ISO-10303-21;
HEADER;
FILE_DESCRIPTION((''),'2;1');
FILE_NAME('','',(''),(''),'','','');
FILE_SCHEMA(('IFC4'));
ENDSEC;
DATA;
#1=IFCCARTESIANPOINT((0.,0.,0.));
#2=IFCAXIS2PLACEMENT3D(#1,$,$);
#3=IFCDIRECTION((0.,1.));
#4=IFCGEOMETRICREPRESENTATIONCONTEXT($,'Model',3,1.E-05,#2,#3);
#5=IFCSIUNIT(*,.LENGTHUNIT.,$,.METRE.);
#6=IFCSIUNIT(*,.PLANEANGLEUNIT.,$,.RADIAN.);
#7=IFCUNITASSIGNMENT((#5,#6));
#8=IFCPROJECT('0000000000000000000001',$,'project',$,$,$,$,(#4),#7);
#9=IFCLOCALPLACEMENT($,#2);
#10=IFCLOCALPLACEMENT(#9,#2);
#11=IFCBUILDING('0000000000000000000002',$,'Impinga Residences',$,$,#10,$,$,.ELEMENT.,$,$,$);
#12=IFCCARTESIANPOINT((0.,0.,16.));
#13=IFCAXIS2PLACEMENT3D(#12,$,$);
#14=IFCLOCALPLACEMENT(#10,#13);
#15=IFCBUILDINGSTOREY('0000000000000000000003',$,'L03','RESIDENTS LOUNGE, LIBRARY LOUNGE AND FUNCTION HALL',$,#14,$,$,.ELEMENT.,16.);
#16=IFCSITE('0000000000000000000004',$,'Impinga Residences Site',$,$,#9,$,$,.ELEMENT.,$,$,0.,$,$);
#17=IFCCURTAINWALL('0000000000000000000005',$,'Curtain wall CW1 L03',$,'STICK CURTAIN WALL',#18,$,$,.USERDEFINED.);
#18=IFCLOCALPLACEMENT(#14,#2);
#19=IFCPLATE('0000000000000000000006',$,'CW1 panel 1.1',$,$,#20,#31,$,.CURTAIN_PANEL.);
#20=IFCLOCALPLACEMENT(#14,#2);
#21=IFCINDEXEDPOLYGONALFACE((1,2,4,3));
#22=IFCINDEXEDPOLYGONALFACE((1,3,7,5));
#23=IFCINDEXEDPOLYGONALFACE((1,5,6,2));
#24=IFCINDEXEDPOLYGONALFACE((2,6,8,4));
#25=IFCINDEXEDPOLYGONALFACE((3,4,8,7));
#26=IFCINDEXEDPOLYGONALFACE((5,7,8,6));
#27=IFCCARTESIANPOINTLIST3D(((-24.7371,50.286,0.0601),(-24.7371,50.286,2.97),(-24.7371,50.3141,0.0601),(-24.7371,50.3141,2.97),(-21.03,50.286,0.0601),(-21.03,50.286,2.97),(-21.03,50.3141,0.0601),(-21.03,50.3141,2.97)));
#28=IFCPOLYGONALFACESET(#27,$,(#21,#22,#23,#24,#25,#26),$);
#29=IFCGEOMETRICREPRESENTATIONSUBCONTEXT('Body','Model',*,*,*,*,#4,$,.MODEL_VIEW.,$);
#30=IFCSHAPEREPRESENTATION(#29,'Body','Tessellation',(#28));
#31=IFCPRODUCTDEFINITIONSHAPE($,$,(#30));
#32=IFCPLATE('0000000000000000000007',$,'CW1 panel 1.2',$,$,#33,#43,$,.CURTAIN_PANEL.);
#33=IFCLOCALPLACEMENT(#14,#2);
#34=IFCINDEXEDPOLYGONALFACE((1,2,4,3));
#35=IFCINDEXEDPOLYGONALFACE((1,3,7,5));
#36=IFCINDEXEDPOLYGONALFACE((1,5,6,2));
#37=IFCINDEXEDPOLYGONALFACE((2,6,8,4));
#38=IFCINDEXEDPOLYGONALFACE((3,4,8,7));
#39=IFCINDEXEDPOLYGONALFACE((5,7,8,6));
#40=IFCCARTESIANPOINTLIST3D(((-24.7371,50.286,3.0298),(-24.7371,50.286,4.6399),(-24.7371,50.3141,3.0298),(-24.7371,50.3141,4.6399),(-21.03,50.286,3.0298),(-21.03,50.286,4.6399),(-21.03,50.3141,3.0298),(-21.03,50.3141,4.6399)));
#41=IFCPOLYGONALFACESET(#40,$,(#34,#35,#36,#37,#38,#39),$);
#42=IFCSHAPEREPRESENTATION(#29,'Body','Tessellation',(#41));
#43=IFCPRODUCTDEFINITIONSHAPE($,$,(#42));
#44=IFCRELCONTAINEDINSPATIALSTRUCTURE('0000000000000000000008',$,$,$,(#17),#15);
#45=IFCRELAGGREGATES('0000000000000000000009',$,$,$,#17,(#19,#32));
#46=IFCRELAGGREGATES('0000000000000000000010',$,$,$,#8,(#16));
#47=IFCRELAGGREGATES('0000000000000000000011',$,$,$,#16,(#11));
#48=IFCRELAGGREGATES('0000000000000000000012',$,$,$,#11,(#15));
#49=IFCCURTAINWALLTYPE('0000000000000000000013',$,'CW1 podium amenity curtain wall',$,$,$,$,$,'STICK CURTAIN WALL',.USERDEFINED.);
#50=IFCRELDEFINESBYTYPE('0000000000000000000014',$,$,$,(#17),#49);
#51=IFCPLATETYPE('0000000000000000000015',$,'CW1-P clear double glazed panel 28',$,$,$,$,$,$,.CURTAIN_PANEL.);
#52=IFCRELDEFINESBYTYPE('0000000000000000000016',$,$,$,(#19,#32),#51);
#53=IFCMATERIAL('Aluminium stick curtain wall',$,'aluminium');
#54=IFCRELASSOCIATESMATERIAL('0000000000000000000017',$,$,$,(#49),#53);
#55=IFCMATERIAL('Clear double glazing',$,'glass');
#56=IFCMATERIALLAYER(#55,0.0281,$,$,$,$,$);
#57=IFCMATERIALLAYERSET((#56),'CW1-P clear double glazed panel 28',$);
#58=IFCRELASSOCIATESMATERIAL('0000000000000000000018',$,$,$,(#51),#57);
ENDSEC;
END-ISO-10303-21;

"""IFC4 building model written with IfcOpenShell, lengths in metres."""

from ifc_helpers import new_model, si_unit, direction, frame, origin, origin_2d, place, context, subcontext, project, spatial, rectangle, extrude, material, layer, layer_set, type_object, element, aggregate, save


model = new_model("IFC4")

# Units and contexts
model_context = context("Model", 3, precision=1e-05, world=origin(), true_north=direction((0.0, 1.0)))
body_context = subcontext(model_context, "Body", "Model", "MODEL_VIEW")
ifc_project = project(units=[si_unit("LENGTHUNIT", "METRE"), si_unit("PLANEANGLEUNIT", "RADIAN")], contexts=[model_context])

# Site, building, storey
site_placement = place(None, origin())
site = spatial("IfcSite", under=ifc_project, at=site_placement, Name="Impinga Residences Site", CompositionType="ELEMENT", RefElevation=0.0)
building_placement = place(site_placement, origin())
building = spatial("IfcBuilding", under=site, at=building_placement, Name="Impinga Residences", CompositionType="ELEMENT")
storey_placement = place(building_placement, frame((0.0, 0.0, 16.0)))
storey = spatial("IfcBuildingStorey", under=building, at=storey_placement, Name="L03", Description="RESIDENTS LOUNGE, LIBRARY LOUNGE AND FUNCTION HALL", CompositionType="ELEMENT", Elevation=16.0)

# Shared definitions
ifc_material_1 = material(Name="Aluminium stick curtain wall", Category="aluminium")
curtain_wall_type = type_object("IfcCurtainWallType", Name="CW1 podium amenity curtain wall", ElementType="STICK CURTAIN WALL", PredefinedType="USERDEFINED", material=ifc_material_1)

# Curtain wall
curtain_wall_1_placement = place(storey_placement, origin())
curtain_wall_1 = element("IfcCurtainWall", 1, at=curtain_wall_1_placement, inside=storey, type_object=curtain_wall_type, Name="Curtain wall CW1 L03", ObjectType="STICK CURTAIN WALL", PredefinedType="USERDEFINED")

# Plates
ifc_material_2 = material(Name="Clear double glazing", Category="glass")
ifc_layer = layer(ifc_material_2, 0.0281)
ifc_layer_set = layer_set([ifc_layer], Name="CW1-P clear double glazed panel 28")
plate_type = type_object("IfcPlateType", Name="CW1-P clear double glazed panel 28", PredefinedType="CURTAIN_PANEL", material=ifc_layer_set)
plate_1_placement = place(storey_placement, frame((-22.8835, 50.3, 0.0601), z_axis=(0.0, 0.0, 1.0), x_axis=(1.0, 0.0, 0.0)))
plate_1 = element("IfcPlate", 2, at=plate_1_placement, type_object=plate_type, Name="CW1 panel 1.1", PredefinedType="CURTAIN_PANEL", context=body_context, shape_type="SweptSolid", body=[
    extrude(rectangle(XDim=3.707, YDim=0.0281, at=origin_2d()), origin(), (0.0, 0.0, 1.0), 2.9099),
])
plate_2_placement = place(storey_placement, frame((-22.8835, 50.3, 3.0298), z_axis=(0.0, 0.0, 1.0), x_axis=(1.0, 0.0, 0.0)))
plate_2 = element("IfcPlate", 3, at=plate_2_placement, type_object=plate_type, Name="CW1 panel 1.2", PredefinedType="CURTAIN_PANEL", context=body_context, shape_type="SweptSolid", body=[
    extrude(rectangle(XDim=3.707, YDim=0.0281, at=origin_2d()), origin(), (0.0, 0.0, 1.0), 1.6101),
])
aggregate(curtain_wall_1, [plate_1, plate_2])

save(model, "model.ifc")
